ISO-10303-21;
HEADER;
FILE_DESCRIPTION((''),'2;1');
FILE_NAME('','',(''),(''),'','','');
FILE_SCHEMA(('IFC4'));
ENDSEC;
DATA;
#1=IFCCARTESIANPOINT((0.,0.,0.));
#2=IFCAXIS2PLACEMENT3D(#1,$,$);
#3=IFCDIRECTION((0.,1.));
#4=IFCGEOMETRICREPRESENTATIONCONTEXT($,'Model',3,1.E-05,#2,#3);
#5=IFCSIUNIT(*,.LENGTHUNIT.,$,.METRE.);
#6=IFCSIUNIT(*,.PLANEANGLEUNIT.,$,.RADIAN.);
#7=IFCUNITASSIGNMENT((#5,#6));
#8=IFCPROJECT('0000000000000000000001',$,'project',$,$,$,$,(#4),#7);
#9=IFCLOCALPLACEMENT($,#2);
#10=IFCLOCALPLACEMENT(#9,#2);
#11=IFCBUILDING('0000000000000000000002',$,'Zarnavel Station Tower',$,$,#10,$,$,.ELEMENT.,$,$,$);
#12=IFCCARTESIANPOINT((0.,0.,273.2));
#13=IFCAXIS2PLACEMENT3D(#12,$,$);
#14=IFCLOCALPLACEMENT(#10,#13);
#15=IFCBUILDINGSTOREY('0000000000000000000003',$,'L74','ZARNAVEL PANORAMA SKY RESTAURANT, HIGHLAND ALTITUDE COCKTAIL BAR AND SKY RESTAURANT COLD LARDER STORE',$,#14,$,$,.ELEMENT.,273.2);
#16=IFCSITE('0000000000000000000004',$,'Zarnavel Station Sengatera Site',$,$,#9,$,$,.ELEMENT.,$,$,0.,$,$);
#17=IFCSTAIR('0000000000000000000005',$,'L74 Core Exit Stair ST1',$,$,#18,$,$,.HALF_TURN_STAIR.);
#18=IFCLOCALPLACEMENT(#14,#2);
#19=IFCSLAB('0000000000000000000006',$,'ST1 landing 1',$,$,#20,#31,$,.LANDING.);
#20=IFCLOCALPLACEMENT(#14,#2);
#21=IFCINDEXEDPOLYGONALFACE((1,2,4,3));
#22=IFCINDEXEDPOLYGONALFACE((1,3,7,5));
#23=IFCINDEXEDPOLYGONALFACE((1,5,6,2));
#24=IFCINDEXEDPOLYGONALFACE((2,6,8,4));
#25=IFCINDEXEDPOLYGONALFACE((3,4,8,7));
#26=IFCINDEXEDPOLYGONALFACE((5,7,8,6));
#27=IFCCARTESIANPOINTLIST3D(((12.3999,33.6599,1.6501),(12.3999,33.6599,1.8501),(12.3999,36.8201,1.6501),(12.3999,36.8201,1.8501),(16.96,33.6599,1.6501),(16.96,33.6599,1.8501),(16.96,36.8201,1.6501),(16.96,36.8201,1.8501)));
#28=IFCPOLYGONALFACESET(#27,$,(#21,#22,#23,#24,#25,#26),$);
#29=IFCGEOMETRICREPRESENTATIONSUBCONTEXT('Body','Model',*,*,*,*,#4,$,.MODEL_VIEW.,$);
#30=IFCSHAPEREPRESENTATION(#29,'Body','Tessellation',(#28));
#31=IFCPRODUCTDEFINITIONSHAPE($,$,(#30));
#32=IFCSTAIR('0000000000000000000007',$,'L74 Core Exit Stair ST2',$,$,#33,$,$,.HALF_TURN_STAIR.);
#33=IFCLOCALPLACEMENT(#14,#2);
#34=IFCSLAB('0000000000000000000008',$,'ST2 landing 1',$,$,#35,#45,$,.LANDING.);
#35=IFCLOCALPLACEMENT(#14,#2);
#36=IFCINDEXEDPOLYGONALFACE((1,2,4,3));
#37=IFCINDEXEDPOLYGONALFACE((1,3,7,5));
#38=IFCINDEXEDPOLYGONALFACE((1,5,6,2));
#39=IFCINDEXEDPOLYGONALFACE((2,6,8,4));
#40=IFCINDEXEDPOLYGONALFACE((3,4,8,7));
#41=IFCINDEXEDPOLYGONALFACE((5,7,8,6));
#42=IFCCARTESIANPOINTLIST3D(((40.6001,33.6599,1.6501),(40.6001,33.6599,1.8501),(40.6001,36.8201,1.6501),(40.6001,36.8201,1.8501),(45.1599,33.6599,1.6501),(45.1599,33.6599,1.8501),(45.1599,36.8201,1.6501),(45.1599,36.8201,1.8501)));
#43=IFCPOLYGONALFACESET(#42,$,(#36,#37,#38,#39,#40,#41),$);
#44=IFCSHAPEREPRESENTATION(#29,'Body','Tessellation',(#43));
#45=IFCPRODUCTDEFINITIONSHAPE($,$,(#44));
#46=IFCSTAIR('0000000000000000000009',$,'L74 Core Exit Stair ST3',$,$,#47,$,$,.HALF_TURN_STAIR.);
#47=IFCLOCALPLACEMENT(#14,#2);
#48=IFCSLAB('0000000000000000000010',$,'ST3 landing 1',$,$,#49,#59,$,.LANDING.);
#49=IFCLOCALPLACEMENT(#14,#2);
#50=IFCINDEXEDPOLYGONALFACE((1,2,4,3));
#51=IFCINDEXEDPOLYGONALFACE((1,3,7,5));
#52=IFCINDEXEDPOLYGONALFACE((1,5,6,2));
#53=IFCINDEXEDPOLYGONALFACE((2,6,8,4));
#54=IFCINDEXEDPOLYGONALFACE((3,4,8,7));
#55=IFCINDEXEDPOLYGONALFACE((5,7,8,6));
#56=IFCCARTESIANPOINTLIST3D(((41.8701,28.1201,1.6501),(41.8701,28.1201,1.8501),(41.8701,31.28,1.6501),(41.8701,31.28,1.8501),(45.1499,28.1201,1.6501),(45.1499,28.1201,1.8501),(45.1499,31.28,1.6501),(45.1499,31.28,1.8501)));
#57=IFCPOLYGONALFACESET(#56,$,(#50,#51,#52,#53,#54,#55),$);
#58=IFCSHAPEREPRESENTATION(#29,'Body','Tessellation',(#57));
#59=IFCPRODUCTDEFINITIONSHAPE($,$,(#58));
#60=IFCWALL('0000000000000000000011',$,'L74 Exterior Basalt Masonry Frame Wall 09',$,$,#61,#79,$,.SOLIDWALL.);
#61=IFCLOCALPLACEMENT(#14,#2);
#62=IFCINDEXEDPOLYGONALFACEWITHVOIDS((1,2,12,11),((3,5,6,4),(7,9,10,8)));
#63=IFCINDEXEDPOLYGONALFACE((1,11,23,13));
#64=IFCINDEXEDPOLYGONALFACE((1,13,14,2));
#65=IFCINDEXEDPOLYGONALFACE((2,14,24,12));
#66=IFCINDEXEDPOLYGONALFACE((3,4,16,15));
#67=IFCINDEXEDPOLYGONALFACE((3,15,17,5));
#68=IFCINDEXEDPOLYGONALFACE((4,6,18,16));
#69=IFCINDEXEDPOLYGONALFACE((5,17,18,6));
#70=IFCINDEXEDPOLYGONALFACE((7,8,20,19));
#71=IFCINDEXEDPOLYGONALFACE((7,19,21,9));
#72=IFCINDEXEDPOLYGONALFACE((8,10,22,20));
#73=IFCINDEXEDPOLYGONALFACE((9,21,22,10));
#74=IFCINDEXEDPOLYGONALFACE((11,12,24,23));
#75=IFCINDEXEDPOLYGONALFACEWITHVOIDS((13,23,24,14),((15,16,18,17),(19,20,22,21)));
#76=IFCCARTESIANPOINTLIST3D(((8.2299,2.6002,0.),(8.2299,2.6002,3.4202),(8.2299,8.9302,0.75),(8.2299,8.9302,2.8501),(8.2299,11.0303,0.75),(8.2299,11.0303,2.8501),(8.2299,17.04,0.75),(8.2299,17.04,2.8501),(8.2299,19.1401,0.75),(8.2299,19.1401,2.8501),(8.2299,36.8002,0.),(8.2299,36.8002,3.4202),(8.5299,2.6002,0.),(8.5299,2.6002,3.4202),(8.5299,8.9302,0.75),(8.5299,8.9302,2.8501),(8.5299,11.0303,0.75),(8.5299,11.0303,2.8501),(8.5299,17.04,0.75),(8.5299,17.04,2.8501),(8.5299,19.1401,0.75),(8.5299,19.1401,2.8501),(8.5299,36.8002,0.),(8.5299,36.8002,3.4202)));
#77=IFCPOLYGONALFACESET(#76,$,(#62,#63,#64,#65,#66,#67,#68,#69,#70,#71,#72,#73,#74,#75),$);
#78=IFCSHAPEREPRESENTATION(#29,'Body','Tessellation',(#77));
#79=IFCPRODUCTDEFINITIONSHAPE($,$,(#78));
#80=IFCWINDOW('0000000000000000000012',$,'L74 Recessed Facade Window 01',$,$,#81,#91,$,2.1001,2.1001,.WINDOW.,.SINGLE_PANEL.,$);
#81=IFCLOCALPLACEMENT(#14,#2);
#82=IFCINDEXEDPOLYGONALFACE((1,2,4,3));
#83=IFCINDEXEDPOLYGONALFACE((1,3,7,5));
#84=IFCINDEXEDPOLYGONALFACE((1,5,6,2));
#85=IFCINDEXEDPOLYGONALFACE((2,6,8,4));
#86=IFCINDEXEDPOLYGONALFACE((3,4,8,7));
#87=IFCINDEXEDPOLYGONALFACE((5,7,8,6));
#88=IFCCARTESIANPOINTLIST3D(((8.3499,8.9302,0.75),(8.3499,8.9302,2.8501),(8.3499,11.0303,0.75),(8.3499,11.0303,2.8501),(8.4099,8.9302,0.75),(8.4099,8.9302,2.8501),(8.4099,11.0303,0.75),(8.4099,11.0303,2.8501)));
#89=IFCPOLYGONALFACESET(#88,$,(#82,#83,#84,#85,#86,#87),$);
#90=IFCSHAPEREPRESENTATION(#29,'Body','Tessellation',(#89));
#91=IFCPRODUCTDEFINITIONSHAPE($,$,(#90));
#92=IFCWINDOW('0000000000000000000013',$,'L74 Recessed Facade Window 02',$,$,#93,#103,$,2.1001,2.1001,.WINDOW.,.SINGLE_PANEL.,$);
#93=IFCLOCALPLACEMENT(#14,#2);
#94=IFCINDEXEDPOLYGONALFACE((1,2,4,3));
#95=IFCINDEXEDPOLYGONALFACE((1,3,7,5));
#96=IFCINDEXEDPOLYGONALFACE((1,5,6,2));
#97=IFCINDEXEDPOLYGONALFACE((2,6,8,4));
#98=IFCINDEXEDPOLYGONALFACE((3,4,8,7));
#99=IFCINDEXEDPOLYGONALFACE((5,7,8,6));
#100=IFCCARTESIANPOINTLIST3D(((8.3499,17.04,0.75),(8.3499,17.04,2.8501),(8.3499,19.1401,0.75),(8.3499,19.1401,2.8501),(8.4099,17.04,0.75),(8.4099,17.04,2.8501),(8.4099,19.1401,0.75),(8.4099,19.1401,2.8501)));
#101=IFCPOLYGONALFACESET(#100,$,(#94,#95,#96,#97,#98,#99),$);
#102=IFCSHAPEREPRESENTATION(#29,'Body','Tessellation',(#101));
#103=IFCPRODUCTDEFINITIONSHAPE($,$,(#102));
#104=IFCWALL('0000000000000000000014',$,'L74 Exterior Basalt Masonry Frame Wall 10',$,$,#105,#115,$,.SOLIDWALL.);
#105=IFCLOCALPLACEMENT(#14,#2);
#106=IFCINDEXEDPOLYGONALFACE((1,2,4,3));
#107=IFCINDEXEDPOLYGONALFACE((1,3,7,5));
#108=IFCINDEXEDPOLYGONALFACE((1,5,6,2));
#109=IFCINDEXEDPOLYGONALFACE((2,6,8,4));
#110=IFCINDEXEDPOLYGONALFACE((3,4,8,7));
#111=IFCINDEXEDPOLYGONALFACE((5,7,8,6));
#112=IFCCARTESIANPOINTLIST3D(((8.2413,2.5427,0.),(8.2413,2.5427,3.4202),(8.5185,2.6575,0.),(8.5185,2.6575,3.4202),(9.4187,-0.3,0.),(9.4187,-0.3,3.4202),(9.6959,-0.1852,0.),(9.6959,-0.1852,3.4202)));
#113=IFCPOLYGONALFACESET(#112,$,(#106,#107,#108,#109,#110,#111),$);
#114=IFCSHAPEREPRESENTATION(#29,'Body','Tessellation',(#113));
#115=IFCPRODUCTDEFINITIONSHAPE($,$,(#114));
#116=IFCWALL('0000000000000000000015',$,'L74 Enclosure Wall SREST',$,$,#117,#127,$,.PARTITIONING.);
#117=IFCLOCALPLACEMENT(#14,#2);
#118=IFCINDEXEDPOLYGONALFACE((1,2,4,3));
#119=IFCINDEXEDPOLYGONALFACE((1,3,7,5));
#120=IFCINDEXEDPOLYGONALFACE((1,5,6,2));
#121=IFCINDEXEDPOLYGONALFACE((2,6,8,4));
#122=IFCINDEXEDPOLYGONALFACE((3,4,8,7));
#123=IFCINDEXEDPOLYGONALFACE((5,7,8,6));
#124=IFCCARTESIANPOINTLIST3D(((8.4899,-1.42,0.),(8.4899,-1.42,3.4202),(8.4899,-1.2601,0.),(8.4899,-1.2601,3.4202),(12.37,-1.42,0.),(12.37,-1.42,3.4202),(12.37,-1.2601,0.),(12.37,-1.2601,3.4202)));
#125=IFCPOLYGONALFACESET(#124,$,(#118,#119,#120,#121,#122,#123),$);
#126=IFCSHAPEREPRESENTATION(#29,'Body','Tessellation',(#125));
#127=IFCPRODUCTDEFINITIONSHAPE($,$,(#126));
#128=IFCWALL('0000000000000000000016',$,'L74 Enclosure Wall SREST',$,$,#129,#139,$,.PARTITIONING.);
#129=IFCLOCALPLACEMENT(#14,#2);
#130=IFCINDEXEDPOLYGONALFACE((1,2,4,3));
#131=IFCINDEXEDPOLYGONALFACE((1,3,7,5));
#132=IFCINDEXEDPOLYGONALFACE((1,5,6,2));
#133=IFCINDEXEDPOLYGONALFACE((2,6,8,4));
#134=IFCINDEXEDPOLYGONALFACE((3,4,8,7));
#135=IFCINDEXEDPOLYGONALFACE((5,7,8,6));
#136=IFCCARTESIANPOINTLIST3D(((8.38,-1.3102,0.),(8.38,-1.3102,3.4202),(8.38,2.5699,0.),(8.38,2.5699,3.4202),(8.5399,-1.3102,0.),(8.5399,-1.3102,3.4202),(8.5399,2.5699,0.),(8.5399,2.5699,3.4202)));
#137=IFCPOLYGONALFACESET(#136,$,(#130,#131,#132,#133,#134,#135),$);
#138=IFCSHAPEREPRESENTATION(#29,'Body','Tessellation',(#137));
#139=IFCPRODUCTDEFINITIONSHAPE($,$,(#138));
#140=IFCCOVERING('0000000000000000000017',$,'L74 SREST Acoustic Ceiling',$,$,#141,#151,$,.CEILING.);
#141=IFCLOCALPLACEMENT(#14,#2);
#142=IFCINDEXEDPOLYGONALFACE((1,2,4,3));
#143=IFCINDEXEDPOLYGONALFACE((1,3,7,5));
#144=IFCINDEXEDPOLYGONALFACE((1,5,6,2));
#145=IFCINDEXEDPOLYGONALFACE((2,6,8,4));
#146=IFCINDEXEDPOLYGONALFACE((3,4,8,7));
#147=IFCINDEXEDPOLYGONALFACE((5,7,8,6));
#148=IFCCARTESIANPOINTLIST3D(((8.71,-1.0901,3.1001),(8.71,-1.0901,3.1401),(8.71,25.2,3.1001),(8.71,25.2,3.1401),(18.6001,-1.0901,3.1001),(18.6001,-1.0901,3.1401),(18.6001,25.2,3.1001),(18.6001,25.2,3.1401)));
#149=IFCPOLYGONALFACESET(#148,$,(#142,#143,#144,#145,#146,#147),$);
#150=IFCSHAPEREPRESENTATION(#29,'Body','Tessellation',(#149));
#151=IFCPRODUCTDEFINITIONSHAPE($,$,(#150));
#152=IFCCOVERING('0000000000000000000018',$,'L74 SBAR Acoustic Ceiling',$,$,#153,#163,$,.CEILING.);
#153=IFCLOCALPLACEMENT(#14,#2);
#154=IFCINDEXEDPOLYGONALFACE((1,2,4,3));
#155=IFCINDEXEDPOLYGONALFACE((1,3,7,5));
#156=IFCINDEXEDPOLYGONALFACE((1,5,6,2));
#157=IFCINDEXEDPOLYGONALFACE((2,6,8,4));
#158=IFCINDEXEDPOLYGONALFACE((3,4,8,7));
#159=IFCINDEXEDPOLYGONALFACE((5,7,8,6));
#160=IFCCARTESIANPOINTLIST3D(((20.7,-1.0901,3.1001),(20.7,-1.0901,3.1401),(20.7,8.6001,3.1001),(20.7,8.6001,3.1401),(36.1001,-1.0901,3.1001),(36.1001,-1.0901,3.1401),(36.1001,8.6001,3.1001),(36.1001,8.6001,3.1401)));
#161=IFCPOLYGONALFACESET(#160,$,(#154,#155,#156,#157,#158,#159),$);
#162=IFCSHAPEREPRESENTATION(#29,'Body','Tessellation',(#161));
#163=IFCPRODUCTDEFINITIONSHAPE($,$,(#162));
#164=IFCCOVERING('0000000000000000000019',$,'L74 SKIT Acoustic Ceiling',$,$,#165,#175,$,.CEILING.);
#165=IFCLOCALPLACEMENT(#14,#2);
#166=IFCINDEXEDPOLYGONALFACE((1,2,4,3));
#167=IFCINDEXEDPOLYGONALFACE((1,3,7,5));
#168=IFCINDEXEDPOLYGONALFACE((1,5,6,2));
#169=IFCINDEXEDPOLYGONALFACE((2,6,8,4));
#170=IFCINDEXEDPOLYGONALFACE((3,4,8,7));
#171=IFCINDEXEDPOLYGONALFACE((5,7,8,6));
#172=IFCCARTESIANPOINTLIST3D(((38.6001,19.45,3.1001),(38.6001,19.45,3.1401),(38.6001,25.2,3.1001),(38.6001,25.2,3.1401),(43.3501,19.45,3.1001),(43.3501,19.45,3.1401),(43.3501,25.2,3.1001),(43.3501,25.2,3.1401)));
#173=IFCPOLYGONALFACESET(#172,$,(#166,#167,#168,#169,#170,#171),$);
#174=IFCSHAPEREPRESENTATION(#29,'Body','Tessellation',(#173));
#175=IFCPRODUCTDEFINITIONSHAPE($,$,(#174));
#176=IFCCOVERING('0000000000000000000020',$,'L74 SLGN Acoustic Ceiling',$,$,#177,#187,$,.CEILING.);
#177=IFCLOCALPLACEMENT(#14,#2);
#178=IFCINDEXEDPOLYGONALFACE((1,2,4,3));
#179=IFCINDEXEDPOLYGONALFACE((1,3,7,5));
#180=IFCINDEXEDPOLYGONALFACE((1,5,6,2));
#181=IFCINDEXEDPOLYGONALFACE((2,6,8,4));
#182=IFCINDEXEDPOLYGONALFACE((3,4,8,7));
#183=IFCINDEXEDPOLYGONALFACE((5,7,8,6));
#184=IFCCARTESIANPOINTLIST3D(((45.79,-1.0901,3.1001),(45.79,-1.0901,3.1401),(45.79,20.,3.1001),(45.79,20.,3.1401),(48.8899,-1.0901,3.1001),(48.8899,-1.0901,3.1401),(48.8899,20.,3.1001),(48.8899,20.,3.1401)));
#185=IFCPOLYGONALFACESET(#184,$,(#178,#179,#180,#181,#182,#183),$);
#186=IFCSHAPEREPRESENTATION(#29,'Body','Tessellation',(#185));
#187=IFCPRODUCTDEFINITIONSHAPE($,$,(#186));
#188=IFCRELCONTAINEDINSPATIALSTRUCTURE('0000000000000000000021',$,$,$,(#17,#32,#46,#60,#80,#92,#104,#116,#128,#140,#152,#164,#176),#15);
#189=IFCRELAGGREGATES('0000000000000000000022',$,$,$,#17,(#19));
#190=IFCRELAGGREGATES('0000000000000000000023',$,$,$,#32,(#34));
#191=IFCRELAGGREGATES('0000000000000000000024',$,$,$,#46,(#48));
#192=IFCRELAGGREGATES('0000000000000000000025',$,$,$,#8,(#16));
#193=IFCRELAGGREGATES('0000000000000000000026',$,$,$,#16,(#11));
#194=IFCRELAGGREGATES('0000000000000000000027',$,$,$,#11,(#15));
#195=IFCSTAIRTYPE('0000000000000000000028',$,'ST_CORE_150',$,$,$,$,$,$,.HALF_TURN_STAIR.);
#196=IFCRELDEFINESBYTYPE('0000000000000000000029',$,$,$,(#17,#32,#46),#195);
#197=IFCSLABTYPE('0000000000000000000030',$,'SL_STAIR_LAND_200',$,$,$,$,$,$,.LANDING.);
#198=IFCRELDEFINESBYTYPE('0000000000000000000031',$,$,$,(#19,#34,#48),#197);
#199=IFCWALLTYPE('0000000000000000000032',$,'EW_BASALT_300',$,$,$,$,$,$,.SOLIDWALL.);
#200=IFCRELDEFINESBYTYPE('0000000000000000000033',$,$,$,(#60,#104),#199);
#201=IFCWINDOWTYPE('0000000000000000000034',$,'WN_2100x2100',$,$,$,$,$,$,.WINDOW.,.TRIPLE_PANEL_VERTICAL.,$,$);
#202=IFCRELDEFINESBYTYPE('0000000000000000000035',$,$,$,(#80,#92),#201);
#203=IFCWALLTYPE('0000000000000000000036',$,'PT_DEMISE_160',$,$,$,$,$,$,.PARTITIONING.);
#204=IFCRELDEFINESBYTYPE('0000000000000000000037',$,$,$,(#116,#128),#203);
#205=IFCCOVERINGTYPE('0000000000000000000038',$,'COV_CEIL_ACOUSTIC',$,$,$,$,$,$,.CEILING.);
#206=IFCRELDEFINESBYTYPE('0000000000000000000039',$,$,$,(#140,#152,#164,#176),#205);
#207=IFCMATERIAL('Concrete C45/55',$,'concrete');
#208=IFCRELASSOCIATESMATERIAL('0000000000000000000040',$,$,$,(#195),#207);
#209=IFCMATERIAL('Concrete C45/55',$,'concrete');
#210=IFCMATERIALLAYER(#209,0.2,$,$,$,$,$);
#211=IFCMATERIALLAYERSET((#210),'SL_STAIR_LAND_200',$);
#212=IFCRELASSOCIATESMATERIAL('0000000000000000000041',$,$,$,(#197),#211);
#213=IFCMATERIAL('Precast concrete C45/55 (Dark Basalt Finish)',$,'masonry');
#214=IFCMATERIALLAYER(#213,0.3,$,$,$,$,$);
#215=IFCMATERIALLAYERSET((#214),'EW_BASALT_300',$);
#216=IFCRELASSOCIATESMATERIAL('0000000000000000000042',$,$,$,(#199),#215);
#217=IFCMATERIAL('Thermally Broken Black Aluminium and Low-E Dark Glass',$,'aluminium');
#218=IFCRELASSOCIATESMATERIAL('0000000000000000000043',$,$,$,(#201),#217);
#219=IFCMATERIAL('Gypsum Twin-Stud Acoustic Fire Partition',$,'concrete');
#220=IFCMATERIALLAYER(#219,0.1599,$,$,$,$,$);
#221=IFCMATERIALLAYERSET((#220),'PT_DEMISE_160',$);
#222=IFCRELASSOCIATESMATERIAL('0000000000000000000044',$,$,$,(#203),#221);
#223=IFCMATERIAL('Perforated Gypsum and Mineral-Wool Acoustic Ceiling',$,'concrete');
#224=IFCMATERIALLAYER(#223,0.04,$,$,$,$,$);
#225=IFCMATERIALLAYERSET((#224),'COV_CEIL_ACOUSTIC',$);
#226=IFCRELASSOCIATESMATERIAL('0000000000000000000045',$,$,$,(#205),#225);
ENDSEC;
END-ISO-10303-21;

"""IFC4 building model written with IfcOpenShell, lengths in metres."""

from ifc_helpers import new_model, si_unit, direction, frame, frame_2d, origin, place, context, subcontext, project, spatial, polyline, rectangle, outline, extrude, material, layer, layer_set, type_object, element, fill, aggregate, save


model = new_model("IFC4")

# Units and contexts
model_context = context("Model", 3, precision=1e-05, world=origin(), true_north=direction((0.0, 1.0)))
body_context = subcontext(model_context, "Body", "Model", "MODEL_VIEW")
ifc_project = project(units=[si_unit("LENGTHUNIT", "METRE"), si_unit("PLANEANGLEUNIT", "RADIAN")], contexts=[model_context])

# Site, building, storey
site_placement = place(None, origin())
site = spatial("IfcSite", under=ifc_project, at=site_placement, Name="Zarnavel Station Sengatera Site", CompositionType="ELEMENT", RefElevation=0.0)
building_placement = place(site_placement, origin())
building = spatial("IfcBuilding", under=site, at=building_placement, Name="Zarnavel Station Tower", CompositionType="ELEMENT")
storey_placement = place(building_placement, frame((0.0, 0.0, 273.2)))
storey = spatial("IfcBuildingStorey", under=building, at=storey_placement, Name="L74", Description="ZARNAVEL PANORAMA SKY RESTAURANT, HIGHLAND ALTITUDE COCKTAIL BAR AND SKY RESTAURANT COLD LARDER STORE", CompositionType="ELEMENT", Elevation=273.2)

# Stairs, slabs
ifc_material_1 = material(Name="Concrete C45/55", Category="concrete")
stair_type = type_object("IfcStairType", Name="ST_CORE_150", PredefinedType="HALF_TURN_STAIR", material=ifc_material_1)
stair_1_placement = place(storey_placement, origin())
stair_1 = element("IfcStair", 1, at=stair_1_placement, inside=storey, type_object=stair_type, Name="L74 Core Exit Stair ST1", PredefinedType="HALF_TURN_STAIR")
ifc_material_2 = material(Name="Concrete C45/55", Category="concrete")
ifc_layer_1 = layer(ifc_material_2, 0.2)
ifc_layer_set_1 = layer_set([ifc_layer_1], Name="SL_STAIR_LAND_200")
slab_type_1 = type_object("IfcSlabType", Name="SL_STAIR_LAND_200", PredefinedType="LANDING", material=ifc_layer_set_1)
slab_1_placement = place(storey_placement, frame((0.0, 0.0, 1.6501)))
slab_1 = element("IfcSlab", 2, at=slab_1_placement, type_object=slab_type_1, Name="ST1 landing 1", PredefinedType="LANDING", context=body_context, shape_type="SweptSolid", body=[
    extrude(outline(polyline([(16.96, 36.8201), (12.3999, 36.8201), (12.3999, 33.6599), (16.96, 33.6599), (16.96, 36.8201)])), origin(), (0.0, 0.0, 1.0), 0.2),
])
aggregate(stair_1, [slab_1])
stair_2_placement = place(storey_placement, origin())
stair_2 = element("IfcStair", 3, at=stair_2_placement, inside=storey, type_object=stair_type, Name="L74 Core Exit Stair ST2", PredefinedType="HALF_TURN_STAIR")
slab_2_placement = place(storey_placement, frame((0.0, 0.0, 1.6501)))
slab_2 = element("IfcSlab", 4, at=slab_2_placement, type_object=slab_type_1, Name="ST2 landing 1", PredefinedType="LANDING", context=body_context, shape_type="SweptSolid", body=[
    extrude(outline(polyline([(40.6001, 33.6599), (45.1599, 33.6599), (45.1599, 36.8201), (40.6001, 36.8201), (40.6001, 33.6599)])), origin(), (0.0, 0.0, 1.0), 0.2),
])
aggregate(stair_2, [slab_2])
stair_3_placement = place(storey_placement, origin())
stair_3 = element("IfcStair", 5, at=stair_3_placement, inside=storey, type_object=stair_type, Name="L74 Core Exit Stair ST3", PredefinedType="HALF_TURN_STAIR")
slab_3_placement = place(storey_placement, frame((0.0, 0.0, 1.6501)))
slab_3 = element("IfcSlab", 6, at=slab_3_placement, type_object=slab_type_1, Name="ST3 landing 1", PredefinedType="LANDING", context=body_context, shape_type="SweptSolid", body=[
    extrude(outline(polyline([(41.8701, 28.1201), (45.1499, 28.1201), (45.1499, 31.28), (41.8701, 31.28), (41.8701, 28.1201)])), origin(), (0.0, 0.0, 1.0), 0.2),
])
aggregate(stair_3, [slab_3])

# Wall, openings, windows
ifc_material_3 = material(Name="Precast concrete C45/55 (Dark Basalt Finish)", Category="masonry")
ifc_layer_2 = layer(ifc_material_3, 0.3)
ifc_layer_set_2 = layer_set([ifc_layer_2], Name="EW_BASALT_300")
wall_type_1 = type_object("IfcWallType", Name="EW_BASALT_300", PredefinedType="SOLIDWALL", material=ifc_layer_set_2)
wall_1_placement = place(storey_placement, frame((8.3799, 2.6001, 0.0), z_axis=(0.0, 0.0, 1.0), x_axis=(0.0, 1.0, 0.0)))
wall_1 = element("IfcWall", 7, at=wall_1_placement, inside=storey, type_object=wall_type_1, Name="L74 Exterior Basalt Masonry Frame Wall 09", PredefinedType="SOLIDWALL", context=body_context, shape_type="SweptSolid", body=[
    extrude(rectangle(XDim=34.2, YDim=0.3, at=frame_2d((17.1001, 0.0))), origin(), (0.0, 0.0, 1.0), 3.4202),
])
opening_1_placement = place(wall_1_placement, frame((6.3301, 0.0, 0.75)))
opening_1 = element("IfcOpeningElement", 8, at=opening_1_placement, cuts=wall_1, PredefinedType="OPENING", context=body_context, shape_type="SweptSolid", body=[
    extrude(rectangle(XDim=2.1001, YDim=2.1001, at=frame_2d((1.05, 1.05))), frame((0.0, 0.1599, 0.0), z_axis=(0.0, -1.0, 0.0), x_axis=(1.0, 0.0, 0.0)), (0.0, 0.0, 1.0), 0.3201),
])
opening_2_placement = place(wall_1_placement, frame((14.4399, 0.0, 0.75)))
opening_2 = element("IfcOpeningElement", 9, at=opening_2_placement, cuts=wall_1, PredefinedType="OPENING", context=body_context, shape_type="SweptSolid", body=[
    extrude(rectangle(XDim=2.1001, YDim=2.1001, at=frame_2d((1.05, 1.05))), frame((0.0, 0.1599, 0.0), z_axis=(0.0, -1.0, 0.0), x_axis=(1.0, 0.0, 0.0)), (0.0, 0.0, 1.0), 0.3201),
])
ifc_material_4 = material(Name="Thermally Broken Black Aluminium and Low-E Dark Glass", Category="aluminium")
window_type = type_object("IfcWindowType", Name="WN_2100x2100", PartitioningType="TRIPLE_PANEL_VERTICAL", PredefinedType="WINDOW", material=ifc_material_4)
window_1_placement = place(opening_1_placement, origin())
window_1 = element("IfcWindow", 10, at=window_1_placement, inside=storey, type_object=window_type, Name="L74 Recessed Facade Window 01", OverallHeight=2.1001, OverallWidth=2.1001, PartitioningType="SINGLE_PANEL", PredefinedType="WINDOW", context=body_context, shape_type="SweptSolid", body=[
    extrude(rectangle(XDim=2.1001, YDim=2.1001, at=frame_2d((1.05, 1.05))), frame((0.0, 0.03, 0.0), z_axis=(0.0, -1.0, 0.0), x_axis=(1.0, 0.0, 0.0)), (0.0, 0.0, 1.0), 0.0601),
])
fill(opening_1, window_1)
window_2_placement = place(opening_2_placement, origin())
window_2 = element("IfcWindow", 11, at=window_2_placement, inside=storey, type_object=window_type, Name="L74 Recessed Facade Window 02", OverallHeight=2.1001, OverallWidth=2.1001, PartitioningType="SINGLE_PANEL", PredefinedType="WINDOW", context=body_context, shape_type="SweptSolid", body=[
    extrude(rectangle(XDim=2.1001, YDim=2.1001, at=frame_2d((1.05, 1.05))), frame((0.0, 0.03, 0.0), z_axis=(0.0, -1.0, 0.0), x_axis=(1.0, 0.0, 0.0)), (0.0, 0.0, 1.0), 0.0601),
])
fill(opening_2, window_2)

# Walls
wall_2_placement = place(storey_placement, frame((9.5574, -0.2427, 0.0), z_axis=(0.0, 0.0, 1.0), x_axis=(-0.382676, 0.923882, 0.0)))
element("IfcWall", 12, at=wall_2_placement, inside=storey, type_object=wall_type_1, Name="L74 Exterior Basalt Masonry Frame Wall 10", PredefinedType="SOLIDWALL", context=body_context, shape_type="SweptSolid", body=[
    extrude(rectangle(XDim=3.0769, YDim=0.3, at=frame_2d((1.5386, 0.0))), origin(), (0.0, 0.0, 1.0), 3.4202),
])
ifc_material_5 = material(Name="Gypsum Twin-Stud Acoustic Fire Partition", Category="concrete")
ifc_layer_3 = layer(ifc_material_5, 0.1599)
ifc_layer_set_3 = layer_set([ifc_layer_3], Name="PT_DEMISE_160")
wall_type_2 = type_object("IfcWallType", Name="PT_DEMISE_160", PredefinedType="PARTITIONING", material=ifc_layer_set_3)
for number, where, z_axis, x_axis, name in (
    (13, (8.49, -1.3401, 0.0), (0.0, 0.0, 1.0), (1.0, 0.0, 0.0), "L74 Enclosure Wall SREST"),
    (14, (8.46, -1.3101, 0.0), (0.0, 0.0, 1.0), (0.0, 1.0, 0.0), "L74 Enclosure Wall SREST"),
):
    element("IfcWall", number, at=place(storey_placement, frame(where, z_axis=z_axis, x_axis=x_axis)), inside=storey, type_object=wall_type_2, Name=name, PredefinedType="PARTITIONING", context=body_context, shape_type="SweptSolid", body=[
        extrude(rectangle(XDim=3.8801, YDim=0.1599, at=frame_2d((1.9399, 0.0))), origin(), (0.0, 0.0, 1.0), 3.4202),
    ])

# Coverings
ifc_material_6 = material(Name="Perforated Gypsum and Mineral-Wool Acoustic Ceiling", Category="concrete")
ifc_layer_4 = layer(ifc_material_6, 0.04)
ifc_layer_set_4 = layer_set([ifc_layer_4], Name="COV_CEIL_ACOUSTIC")
covering_type_1 = type_object("IfcCoveringType", Name="COV_CEIL_ACOUSTIC", PredefinedType="CEILING", material=ifc_layer_set_4)
covering_1_placement = place(storey_placement, frame((0.0, 0.0, 3.1001)))
element("IfcCovering", 15, at=covering_1_placement, inside=storey, type_object=covering_type_1, Name="L74 SREST Acoustic Ceiling", PredefinedType="CEILING", context=body_context, shape_type="SweptSolid", body=[
    extrude(outline(polyline([(8.71, -1.0901), (18.6001, -1.0901), (18.6001, 25.2), (8.71, 25.2), (8.71, -1.0901)])), origin(), (0.0, 0.0, 1.0), 0.04),
])
covering_2_placement = place(storey_placement, frame((0.0, 0.0, 3.1001)))
element("IfcCovering", 16, at=covering_2_placement, inside=storey, type_object=covering_type_1, Name="L74 SBAR Acoustic Ceiling", PredefinedType="CEILING", context=body_context, shape_type="SweptSolid", body=[
    extrude(outline(polyline([(20.7, -1.0901), (36.1001, -1.0901), (36.1001, 8.6001), (20.7, 8.6001), (20.7, -1.0901)])), origin(), (0.0, 0.0, 1.0), 0.04),
])
covering_3_placement = place(storey_placement, frame((0.0, 0.0, 3.1001)))
element("IfcCovering", 17, at=covering_3_placement, inside=storey, type_object=covering_type_1, Name="L74 SKIT Acoustic Ceiling", PredefinedType="CEILING", context=body_context, shape_type="SweptSolid", body=[
    extrude(outline(polyline([(38.6001, 19.45), (43.3501, 19.45), (43.3501, 25.2), (38.6001, 25.2), (38.6001, 19.45)])), origin(), (0.0, 0.0, 1.0), 0.04),
])
covering_4_placement = place(storey_placement, frame((0.0, 0.0, 3.1001)))
element("IfcCovering", 18, at=covering_4_placement, inside=storey, type_object=covering_type_1, Name="L74 SLGN Acoustic Ceiling", PredefinedType="CEILING", context=body_context, shape_type="SweptSolid", body=[
    extrude(outline(polyline([(45.79, -1.0901), (48.8899, -1.0901), (48.8899, 20.0), (45.79, 20.0), (45.79, -1.0901)])), origin(), (0.0, 0.0, 1.0), 0.04),
])

save(model, "model.ifc")
